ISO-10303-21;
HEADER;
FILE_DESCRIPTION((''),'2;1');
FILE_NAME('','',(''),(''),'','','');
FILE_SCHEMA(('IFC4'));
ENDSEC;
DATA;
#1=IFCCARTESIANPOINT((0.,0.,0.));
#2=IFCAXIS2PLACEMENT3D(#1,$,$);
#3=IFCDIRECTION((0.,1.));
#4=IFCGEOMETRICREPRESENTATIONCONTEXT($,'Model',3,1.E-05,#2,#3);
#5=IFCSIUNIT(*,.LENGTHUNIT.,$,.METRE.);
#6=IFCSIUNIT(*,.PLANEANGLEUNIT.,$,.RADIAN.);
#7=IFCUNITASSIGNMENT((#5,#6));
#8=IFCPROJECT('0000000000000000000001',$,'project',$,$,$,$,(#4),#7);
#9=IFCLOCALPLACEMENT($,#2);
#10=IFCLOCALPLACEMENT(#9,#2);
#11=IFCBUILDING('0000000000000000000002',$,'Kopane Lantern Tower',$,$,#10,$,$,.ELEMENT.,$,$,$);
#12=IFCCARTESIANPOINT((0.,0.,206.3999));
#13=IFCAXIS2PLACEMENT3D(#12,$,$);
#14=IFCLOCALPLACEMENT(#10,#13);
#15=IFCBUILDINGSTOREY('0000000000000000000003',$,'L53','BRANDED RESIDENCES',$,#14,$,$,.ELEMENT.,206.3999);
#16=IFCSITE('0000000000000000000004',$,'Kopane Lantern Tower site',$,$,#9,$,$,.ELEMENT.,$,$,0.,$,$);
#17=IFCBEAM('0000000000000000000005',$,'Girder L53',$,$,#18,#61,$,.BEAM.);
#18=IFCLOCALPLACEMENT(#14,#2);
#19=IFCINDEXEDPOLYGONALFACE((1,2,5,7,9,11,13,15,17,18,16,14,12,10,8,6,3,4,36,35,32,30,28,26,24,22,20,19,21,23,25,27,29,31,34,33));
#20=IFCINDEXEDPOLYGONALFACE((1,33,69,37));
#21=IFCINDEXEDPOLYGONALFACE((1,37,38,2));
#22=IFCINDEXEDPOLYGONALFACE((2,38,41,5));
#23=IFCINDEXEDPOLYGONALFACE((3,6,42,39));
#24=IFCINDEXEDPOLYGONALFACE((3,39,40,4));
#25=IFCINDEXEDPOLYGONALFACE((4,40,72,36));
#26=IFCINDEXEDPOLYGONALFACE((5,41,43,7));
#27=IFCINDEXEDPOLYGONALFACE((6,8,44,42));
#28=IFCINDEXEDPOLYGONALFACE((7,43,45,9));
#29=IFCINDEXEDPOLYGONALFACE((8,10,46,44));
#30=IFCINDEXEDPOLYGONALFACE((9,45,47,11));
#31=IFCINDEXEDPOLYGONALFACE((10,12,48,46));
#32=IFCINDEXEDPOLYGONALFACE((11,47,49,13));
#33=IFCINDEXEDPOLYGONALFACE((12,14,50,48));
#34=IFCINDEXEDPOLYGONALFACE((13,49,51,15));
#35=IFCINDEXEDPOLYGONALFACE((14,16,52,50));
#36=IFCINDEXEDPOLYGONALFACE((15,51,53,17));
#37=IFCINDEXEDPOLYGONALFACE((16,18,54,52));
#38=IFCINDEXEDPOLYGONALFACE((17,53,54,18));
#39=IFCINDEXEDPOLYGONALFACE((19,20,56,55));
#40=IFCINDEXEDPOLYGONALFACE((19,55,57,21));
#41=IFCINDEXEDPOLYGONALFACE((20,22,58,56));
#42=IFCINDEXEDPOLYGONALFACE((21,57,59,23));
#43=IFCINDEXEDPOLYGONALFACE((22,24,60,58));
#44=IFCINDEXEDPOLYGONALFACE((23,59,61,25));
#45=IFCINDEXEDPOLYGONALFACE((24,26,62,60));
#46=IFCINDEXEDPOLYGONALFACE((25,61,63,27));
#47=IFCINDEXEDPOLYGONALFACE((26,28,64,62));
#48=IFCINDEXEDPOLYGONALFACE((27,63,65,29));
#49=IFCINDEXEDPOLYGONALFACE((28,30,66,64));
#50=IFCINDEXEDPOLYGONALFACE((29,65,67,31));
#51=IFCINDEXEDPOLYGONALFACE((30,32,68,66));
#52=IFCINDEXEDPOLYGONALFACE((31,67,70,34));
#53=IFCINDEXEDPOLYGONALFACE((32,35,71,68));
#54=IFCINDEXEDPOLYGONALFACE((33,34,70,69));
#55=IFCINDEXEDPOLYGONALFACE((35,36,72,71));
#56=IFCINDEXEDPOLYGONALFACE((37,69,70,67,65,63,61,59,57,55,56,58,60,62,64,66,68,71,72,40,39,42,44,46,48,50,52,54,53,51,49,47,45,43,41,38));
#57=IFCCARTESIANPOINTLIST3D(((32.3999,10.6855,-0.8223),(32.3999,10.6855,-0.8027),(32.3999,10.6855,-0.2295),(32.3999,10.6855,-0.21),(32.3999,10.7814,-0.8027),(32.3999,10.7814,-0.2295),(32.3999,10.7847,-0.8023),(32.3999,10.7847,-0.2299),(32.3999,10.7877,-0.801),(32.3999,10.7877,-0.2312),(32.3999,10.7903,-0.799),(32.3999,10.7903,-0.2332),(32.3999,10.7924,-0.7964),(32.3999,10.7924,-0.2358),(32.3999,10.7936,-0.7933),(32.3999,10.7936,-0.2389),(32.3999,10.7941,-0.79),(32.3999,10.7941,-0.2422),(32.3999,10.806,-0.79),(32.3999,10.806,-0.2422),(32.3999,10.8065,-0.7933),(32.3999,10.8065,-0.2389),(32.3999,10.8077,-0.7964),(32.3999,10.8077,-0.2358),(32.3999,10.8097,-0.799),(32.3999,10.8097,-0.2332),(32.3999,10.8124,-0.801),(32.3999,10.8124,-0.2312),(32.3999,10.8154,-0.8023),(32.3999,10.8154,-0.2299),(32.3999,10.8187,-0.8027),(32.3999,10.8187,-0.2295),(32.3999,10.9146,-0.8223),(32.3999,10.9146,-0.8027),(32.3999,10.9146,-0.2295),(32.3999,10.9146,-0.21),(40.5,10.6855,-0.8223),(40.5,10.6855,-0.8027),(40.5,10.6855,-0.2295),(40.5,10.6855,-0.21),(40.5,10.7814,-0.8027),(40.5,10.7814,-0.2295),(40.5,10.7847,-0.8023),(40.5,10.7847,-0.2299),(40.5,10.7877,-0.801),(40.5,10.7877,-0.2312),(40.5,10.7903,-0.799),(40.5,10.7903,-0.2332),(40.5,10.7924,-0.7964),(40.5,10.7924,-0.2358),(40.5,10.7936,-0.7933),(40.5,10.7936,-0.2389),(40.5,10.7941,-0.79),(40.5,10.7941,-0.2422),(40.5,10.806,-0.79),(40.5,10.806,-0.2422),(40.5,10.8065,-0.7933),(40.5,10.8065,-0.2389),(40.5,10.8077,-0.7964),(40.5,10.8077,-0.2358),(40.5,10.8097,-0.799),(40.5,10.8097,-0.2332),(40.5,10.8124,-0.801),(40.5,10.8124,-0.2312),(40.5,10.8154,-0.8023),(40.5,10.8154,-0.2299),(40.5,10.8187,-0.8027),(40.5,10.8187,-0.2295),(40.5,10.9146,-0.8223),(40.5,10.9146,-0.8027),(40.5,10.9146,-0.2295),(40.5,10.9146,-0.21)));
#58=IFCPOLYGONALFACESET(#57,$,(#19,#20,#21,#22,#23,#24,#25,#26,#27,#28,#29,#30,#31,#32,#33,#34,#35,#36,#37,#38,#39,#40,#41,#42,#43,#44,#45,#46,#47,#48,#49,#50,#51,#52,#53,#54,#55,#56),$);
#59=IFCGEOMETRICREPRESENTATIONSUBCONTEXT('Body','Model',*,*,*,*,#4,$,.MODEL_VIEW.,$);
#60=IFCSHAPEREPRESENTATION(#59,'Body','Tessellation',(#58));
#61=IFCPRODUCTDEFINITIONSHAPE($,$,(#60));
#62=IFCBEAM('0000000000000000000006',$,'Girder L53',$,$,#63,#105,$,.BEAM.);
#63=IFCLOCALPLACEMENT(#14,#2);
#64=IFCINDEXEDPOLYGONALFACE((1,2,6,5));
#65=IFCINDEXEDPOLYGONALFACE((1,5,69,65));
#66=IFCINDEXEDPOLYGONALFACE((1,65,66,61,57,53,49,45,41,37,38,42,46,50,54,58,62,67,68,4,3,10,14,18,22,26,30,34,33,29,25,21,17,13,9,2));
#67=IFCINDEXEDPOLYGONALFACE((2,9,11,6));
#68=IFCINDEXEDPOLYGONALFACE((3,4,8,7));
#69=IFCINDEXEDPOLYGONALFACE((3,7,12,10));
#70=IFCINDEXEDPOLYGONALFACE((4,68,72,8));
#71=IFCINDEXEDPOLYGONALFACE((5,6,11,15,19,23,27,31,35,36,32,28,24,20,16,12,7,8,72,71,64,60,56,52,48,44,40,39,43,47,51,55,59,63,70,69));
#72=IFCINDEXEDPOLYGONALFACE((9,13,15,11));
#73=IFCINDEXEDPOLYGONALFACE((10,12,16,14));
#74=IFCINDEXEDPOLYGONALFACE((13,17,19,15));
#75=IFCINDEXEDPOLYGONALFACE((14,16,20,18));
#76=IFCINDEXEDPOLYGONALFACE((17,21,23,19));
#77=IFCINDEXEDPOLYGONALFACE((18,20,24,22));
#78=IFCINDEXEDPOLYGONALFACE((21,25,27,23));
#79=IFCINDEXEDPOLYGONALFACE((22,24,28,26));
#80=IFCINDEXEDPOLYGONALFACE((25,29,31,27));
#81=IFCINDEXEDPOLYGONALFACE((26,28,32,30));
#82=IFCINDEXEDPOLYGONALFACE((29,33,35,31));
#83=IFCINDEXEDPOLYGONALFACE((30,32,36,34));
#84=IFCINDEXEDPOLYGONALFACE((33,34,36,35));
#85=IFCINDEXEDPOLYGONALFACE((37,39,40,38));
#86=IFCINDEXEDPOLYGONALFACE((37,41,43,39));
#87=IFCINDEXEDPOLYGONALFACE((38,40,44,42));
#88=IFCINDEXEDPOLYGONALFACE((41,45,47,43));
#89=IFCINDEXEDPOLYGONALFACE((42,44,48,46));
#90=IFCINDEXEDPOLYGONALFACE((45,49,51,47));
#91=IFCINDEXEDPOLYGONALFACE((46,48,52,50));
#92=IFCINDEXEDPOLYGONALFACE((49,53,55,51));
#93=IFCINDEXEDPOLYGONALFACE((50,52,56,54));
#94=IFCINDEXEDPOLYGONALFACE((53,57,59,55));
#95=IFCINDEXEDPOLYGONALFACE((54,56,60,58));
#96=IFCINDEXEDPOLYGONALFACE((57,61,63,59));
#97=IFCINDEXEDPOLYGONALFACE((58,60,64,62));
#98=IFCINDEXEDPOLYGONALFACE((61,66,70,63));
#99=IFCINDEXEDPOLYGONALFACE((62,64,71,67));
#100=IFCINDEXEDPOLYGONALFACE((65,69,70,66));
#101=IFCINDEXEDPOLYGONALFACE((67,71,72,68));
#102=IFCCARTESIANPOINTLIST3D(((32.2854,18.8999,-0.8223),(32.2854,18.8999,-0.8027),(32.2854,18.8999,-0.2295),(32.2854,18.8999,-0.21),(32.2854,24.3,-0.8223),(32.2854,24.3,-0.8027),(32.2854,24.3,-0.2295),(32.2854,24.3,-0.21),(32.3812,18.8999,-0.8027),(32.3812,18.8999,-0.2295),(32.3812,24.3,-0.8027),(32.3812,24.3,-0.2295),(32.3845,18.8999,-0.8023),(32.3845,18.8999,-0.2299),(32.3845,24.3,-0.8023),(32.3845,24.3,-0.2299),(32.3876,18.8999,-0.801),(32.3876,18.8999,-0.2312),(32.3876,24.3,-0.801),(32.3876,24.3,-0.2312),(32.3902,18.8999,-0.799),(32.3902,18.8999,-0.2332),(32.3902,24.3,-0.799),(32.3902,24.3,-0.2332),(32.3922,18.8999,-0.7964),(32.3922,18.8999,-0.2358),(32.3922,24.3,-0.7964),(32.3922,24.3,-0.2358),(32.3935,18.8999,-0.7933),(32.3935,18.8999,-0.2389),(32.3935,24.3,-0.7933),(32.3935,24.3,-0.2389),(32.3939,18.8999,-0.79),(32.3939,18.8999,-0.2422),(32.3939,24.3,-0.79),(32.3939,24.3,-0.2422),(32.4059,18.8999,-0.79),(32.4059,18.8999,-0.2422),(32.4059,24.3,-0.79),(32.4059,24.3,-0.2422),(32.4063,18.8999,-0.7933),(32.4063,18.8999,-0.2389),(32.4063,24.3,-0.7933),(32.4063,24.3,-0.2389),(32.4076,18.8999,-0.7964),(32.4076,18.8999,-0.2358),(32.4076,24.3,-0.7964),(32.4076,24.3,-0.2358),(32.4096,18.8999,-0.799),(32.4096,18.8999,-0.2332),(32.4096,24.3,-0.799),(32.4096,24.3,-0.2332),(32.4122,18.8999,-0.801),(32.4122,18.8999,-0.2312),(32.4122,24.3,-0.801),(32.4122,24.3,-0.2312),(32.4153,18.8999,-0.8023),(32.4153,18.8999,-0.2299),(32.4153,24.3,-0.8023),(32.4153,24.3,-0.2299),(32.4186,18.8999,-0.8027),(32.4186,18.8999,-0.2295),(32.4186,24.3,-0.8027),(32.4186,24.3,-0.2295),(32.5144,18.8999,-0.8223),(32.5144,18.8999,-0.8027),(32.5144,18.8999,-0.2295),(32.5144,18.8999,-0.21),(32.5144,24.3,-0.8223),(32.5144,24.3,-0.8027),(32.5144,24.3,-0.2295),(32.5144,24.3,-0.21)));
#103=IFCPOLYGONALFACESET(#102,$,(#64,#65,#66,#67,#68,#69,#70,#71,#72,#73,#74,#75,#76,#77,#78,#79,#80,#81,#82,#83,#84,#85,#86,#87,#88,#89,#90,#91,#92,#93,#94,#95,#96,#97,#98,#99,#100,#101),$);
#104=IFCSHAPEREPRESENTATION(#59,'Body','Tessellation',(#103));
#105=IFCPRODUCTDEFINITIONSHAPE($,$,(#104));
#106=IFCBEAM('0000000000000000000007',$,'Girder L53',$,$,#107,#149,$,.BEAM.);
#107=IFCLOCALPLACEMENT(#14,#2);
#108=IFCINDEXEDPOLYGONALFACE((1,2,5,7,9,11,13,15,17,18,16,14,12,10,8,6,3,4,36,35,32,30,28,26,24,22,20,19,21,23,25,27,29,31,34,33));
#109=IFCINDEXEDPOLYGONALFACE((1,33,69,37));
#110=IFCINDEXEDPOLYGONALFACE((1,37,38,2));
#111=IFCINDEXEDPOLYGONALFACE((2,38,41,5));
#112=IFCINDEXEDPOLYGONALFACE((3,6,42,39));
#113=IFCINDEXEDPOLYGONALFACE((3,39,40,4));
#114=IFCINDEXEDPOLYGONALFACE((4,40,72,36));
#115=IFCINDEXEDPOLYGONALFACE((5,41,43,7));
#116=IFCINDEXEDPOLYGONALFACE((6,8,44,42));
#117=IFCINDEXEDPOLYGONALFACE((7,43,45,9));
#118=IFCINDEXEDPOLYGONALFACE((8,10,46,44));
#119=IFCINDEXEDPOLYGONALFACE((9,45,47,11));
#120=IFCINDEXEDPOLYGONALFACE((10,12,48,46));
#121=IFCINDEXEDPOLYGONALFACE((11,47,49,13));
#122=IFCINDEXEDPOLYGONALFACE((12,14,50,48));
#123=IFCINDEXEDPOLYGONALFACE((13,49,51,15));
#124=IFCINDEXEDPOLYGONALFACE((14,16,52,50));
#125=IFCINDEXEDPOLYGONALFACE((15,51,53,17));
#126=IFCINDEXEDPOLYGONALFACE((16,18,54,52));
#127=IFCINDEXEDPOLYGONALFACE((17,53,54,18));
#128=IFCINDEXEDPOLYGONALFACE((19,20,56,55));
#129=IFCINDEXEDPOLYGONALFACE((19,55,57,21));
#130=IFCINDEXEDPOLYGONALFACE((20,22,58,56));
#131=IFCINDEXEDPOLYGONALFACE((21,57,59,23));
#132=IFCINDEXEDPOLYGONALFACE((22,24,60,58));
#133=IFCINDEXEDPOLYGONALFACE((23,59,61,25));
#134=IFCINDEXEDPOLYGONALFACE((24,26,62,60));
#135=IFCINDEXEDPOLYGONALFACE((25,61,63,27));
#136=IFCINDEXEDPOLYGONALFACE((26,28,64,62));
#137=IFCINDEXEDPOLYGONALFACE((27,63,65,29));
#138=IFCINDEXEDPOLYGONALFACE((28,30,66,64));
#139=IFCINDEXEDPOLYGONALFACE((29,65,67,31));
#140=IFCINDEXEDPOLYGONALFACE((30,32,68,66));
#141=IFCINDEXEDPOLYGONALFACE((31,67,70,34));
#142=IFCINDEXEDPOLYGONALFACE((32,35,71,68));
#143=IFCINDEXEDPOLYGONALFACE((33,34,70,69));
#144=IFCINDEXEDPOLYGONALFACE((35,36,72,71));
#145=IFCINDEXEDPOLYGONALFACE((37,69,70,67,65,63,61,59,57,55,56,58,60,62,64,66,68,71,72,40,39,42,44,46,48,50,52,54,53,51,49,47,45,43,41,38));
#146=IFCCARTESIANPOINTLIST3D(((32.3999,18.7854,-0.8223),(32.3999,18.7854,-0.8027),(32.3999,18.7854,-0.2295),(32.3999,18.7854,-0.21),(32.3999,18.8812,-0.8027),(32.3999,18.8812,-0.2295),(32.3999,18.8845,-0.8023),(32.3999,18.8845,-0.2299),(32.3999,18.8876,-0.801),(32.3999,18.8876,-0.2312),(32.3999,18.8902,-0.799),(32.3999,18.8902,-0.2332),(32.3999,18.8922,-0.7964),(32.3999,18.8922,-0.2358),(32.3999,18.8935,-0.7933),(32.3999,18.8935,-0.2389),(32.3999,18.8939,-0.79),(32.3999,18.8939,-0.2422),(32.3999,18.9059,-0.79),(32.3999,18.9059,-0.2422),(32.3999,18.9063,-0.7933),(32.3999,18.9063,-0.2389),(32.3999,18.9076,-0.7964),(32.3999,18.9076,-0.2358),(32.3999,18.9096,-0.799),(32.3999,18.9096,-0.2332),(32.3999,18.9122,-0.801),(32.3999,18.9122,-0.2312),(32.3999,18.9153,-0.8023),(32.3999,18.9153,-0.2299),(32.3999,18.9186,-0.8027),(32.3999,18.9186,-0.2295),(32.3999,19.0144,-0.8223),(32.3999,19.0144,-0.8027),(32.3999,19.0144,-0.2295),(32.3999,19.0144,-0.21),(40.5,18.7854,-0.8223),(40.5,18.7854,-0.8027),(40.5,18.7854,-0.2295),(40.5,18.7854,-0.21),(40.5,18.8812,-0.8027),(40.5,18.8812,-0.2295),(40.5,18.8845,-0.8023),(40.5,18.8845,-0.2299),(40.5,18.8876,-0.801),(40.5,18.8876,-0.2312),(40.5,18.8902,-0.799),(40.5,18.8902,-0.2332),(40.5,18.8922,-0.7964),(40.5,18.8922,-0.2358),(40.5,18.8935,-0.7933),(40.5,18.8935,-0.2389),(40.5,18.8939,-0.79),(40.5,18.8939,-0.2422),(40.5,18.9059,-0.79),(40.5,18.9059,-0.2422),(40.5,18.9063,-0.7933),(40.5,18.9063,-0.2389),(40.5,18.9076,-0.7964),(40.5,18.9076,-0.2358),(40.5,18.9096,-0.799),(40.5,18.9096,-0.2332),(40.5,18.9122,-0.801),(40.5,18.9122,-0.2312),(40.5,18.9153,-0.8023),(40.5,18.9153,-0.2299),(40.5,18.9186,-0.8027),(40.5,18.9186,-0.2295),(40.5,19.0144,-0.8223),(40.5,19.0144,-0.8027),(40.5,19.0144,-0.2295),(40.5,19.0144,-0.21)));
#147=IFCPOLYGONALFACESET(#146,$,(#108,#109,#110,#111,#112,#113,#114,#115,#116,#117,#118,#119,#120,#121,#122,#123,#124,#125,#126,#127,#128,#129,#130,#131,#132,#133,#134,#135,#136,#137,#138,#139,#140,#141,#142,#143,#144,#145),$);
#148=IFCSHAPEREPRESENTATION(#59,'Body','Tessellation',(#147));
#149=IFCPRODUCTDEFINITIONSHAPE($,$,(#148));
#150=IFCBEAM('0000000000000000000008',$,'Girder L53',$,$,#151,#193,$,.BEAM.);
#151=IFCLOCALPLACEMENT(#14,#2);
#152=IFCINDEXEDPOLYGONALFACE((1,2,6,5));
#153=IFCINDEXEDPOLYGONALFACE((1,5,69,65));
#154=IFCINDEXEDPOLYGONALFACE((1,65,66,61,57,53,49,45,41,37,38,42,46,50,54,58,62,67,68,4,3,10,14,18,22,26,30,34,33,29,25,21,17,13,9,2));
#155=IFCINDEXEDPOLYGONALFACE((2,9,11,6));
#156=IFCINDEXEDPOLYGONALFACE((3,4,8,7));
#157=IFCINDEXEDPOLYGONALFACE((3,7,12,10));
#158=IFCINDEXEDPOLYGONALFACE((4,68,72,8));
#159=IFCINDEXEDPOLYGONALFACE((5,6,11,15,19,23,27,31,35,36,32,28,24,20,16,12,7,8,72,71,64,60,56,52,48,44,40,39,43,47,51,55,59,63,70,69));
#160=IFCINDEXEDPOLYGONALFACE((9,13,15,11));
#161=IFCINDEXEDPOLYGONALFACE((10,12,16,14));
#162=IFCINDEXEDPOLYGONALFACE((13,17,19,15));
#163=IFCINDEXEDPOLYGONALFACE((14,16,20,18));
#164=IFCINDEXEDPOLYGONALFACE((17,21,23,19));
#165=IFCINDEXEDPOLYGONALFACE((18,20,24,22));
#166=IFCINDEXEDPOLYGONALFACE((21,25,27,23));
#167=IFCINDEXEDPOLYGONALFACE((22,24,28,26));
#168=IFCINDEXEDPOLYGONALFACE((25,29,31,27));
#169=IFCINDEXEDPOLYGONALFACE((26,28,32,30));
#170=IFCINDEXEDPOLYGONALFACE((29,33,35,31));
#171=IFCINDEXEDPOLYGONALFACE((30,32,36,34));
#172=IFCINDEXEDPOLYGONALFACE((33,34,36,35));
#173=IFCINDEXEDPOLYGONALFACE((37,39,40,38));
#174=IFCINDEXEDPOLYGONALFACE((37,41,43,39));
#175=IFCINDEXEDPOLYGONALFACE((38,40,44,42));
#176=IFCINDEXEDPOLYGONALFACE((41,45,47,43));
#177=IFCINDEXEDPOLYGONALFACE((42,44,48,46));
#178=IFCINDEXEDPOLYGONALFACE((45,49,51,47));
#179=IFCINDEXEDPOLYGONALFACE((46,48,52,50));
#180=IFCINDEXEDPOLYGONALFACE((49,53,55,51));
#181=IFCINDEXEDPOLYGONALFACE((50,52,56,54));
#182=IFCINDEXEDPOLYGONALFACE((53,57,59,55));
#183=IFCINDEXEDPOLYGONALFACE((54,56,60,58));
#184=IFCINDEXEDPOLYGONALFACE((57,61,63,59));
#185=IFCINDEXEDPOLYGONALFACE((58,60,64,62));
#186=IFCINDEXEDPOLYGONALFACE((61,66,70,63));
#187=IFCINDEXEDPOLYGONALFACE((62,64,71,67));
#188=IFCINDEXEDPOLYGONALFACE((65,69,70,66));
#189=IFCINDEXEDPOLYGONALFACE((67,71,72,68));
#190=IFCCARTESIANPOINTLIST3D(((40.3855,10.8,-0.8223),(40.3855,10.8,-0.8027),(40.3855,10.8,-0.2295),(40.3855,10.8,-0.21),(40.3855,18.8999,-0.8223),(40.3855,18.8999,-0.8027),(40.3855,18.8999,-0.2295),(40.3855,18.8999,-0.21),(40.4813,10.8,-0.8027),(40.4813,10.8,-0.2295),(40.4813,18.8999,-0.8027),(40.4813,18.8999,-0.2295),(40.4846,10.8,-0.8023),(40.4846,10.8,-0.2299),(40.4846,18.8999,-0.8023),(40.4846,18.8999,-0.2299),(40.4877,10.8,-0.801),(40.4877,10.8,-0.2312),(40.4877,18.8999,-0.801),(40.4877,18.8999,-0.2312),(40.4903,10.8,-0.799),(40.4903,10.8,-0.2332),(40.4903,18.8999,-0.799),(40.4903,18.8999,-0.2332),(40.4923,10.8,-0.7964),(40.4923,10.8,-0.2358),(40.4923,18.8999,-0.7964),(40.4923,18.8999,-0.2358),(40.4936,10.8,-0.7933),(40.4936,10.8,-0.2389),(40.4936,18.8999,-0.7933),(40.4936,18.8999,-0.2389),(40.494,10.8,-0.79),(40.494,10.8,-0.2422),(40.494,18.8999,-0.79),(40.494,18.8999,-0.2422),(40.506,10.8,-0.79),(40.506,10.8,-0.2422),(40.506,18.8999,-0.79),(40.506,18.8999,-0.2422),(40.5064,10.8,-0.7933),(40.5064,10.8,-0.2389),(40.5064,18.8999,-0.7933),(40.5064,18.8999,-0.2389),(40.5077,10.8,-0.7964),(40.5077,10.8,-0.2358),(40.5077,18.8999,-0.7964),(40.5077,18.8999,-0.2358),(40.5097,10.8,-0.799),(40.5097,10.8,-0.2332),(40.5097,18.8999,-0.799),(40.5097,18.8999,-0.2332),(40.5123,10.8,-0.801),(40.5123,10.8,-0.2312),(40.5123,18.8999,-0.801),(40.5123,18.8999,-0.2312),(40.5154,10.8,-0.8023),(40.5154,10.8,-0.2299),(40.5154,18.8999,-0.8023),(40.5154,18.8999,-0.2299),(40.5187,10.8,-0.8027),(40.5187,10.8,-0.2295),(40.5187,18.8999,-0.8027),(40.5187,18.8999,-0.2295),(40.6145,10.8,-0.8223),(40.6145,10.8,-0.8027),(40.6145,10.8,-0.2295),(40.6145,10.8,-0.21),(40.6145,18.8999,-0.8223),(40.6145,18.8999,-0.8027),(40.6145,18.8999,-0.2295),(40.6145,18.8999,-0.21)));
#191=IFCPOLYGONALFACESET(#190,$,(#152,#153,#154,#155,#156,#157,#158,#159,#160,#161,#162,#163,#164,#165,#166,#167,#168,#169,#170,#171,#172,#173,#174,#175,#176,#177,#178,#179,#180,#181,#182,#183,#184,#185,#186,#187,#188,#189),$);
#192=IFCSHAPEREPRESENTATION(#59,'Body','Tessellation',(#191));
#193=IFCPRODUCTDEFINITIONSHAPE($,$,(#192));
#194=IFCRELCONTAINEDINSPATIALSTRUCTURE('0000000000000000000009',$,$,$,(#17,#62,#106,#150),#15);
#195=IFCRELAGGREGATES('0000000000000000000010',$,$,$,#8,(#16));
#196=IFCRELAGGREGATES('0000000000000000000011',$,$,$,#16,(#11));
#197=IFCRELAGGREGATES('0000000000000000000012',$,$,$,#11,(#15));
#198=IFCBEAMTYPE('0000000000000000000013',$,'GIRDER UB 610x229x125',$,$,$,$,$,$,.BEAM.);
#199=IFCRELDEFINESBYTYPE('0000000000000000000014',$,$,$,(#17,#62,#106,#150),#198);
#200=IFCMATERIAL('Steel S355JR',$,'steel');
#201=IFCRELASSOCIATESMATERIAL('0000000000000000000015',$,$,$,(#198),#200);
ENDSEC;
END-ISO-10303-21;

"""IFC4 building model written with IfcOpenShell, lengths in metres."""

from ifc_helpers import new_model, si_unit, direction, frame, origin, origin_2d, place, context, subcontext, project, spatial, i_section, extrude, material, material_profile, profile_set, type_object, element, save


model = new_model("IFC4")

# Units and contexts
model_context = context("Model", 3, precision=1e-05, world=origin(), true_north=direction((0.0, 1.0)))
body_context = subcontext(model_context, "Body", "Model", "MODEL_VIEW")
ifc_project = project(units=[si_unit("LENGTHUNIT", "METRE"), si_unit("PLANEANGLEUNIT", "RADIAN")], contexts=[model_context])

# Site, building, storey
site_placement = place(None, origin())
site = spatial("IfcSite", under=ifc_project, at=site_placement, Name="Kopane Lantern Tower site", CompositionType="ELEMENT", RefElevation=0.0)
building_placement = place(site_placement, origin())
building = spatial("IfcBuilding", under=site, at=building_placement, Name="Kopane Lantern Tower", CompositionType="ELEMENT")
storey_placement = place(building_placement, frame((0.0, 0.0, 206.3999)))
storey = spatial("IfcBuildingStorey", under=building, at=storey_placement, Name="L53", Description="BRANDED RESIDENCES", CompositionType="ELEMENT", Elevation=206.3999)

# Beams
ifc_material_1 = material(Name="Steel S355JR", Category="steel")
ifc_material_profile_1 = material_profile(ifc_material_1, i_section(OverallWidth=0.229, OverallDepth=0.6123, WebThickness=0.012, FlangeThickness=0.0195, FilletRadius=0.0127, at=origin_2d()), Name="UB 610x229x125")
ifc_profile_set_1 = profile_set([ifc_material_profile_1], Name="Steel S355JR")
beam_type = type_object("IfcBeamType", Name="GIRDER UB 610x229x125", PredefinedType="BEAM", material=ifc_profile_set_1)
beam_1_placement = place(storey_placement, frame((32.3999, 10.8, -0.5161), z_axis=(1.0, 0.0, 0.0), x_axis=(0.0, 1.0, 0.0)))
element("IfcBeam", 1, at=beam_1_placement, inside=storey, type_object=beam_type, Name="Girder L53", PredefinedType="BEAM", context=body_context, shape_type="SweptSolid", body=[
    extrude(i_section(OverallWidth=0.229, OverallDepth=0.6123, WebThickness=0.012, FlangeThickness=0.0195, FilletRadius=0.0127, at=origin_2d()), origin(), (0.0, 0.0, 1.0), 8.1001),
])
beam_2_placement = place(storey_placement, frame((32.3999, 18.8999, -0.5161), z_axis=(0.0, 1.0, 0.0), x_axis=(-1.0, 0.0, 0.0)))
element("IfcBeam", 2, at=beam_2_placement, inside=storey, type_object=beam_type, Name="Girder L53", PredefinedType="BEAM", context=body_context, shape_type="SweptSolid", body=[
    extrude(i_section(OverallWidth=0.229, OverallDepth=0.6123, WebThickness=0.012, FlangeThickness=0.0195, FilletRadius=0.0127, at=origin_2d()), origin(), (0.0, 0.0, 1.0), 5.4001),
])
beam_3_placement = place(storey_placement, frame((32.3999, 18.8999, -0.5161), z_axis=(1.0, 0.0, 0.0), x_axis=(0.0, 1.0, 0.0)))
element("IfcBeam", 3, at=beam_3_placement, inside=storey, type_object=beam_type, Name="Girder L53", PredefinedType="BEAM", context=body_context, shape_type="SweptSolid", body=[
    extrude(i_section(OverallWidth=0.229, OverallDepth=0.6123, WebThickness=0.012, FlangeThickness=0.0195, FilletRadius=0.0127, at=origin_2d()), origin(), (0.0, 0.0, 1.0), 8.1001),
])
beam_4_placement = place(storey_placement, frame((40.5, 10.8, -0.5161), z_axis=(0.0, 1.0, 0.0), x_axis=(-1.0, 0.0, 0.0)))
element("IfcBeam", 4, at=beam_4_placement, inside=storey, type_object=beam_type, Name="Girder L53", PredefinedType="BEAM", context=body_context, shape_type="SweptSolid", body=[
    extrude(i_section(OverallWidth=0.229, OverallDepth=0.6123, WebThickness=0.012, FlangeThickness=0.0195, FilletRadius=0.0127, at=origin_2d()), origin(), (0.0, 0.0, 1.0), 8.0999),
])

save(model, "model.ifc")
